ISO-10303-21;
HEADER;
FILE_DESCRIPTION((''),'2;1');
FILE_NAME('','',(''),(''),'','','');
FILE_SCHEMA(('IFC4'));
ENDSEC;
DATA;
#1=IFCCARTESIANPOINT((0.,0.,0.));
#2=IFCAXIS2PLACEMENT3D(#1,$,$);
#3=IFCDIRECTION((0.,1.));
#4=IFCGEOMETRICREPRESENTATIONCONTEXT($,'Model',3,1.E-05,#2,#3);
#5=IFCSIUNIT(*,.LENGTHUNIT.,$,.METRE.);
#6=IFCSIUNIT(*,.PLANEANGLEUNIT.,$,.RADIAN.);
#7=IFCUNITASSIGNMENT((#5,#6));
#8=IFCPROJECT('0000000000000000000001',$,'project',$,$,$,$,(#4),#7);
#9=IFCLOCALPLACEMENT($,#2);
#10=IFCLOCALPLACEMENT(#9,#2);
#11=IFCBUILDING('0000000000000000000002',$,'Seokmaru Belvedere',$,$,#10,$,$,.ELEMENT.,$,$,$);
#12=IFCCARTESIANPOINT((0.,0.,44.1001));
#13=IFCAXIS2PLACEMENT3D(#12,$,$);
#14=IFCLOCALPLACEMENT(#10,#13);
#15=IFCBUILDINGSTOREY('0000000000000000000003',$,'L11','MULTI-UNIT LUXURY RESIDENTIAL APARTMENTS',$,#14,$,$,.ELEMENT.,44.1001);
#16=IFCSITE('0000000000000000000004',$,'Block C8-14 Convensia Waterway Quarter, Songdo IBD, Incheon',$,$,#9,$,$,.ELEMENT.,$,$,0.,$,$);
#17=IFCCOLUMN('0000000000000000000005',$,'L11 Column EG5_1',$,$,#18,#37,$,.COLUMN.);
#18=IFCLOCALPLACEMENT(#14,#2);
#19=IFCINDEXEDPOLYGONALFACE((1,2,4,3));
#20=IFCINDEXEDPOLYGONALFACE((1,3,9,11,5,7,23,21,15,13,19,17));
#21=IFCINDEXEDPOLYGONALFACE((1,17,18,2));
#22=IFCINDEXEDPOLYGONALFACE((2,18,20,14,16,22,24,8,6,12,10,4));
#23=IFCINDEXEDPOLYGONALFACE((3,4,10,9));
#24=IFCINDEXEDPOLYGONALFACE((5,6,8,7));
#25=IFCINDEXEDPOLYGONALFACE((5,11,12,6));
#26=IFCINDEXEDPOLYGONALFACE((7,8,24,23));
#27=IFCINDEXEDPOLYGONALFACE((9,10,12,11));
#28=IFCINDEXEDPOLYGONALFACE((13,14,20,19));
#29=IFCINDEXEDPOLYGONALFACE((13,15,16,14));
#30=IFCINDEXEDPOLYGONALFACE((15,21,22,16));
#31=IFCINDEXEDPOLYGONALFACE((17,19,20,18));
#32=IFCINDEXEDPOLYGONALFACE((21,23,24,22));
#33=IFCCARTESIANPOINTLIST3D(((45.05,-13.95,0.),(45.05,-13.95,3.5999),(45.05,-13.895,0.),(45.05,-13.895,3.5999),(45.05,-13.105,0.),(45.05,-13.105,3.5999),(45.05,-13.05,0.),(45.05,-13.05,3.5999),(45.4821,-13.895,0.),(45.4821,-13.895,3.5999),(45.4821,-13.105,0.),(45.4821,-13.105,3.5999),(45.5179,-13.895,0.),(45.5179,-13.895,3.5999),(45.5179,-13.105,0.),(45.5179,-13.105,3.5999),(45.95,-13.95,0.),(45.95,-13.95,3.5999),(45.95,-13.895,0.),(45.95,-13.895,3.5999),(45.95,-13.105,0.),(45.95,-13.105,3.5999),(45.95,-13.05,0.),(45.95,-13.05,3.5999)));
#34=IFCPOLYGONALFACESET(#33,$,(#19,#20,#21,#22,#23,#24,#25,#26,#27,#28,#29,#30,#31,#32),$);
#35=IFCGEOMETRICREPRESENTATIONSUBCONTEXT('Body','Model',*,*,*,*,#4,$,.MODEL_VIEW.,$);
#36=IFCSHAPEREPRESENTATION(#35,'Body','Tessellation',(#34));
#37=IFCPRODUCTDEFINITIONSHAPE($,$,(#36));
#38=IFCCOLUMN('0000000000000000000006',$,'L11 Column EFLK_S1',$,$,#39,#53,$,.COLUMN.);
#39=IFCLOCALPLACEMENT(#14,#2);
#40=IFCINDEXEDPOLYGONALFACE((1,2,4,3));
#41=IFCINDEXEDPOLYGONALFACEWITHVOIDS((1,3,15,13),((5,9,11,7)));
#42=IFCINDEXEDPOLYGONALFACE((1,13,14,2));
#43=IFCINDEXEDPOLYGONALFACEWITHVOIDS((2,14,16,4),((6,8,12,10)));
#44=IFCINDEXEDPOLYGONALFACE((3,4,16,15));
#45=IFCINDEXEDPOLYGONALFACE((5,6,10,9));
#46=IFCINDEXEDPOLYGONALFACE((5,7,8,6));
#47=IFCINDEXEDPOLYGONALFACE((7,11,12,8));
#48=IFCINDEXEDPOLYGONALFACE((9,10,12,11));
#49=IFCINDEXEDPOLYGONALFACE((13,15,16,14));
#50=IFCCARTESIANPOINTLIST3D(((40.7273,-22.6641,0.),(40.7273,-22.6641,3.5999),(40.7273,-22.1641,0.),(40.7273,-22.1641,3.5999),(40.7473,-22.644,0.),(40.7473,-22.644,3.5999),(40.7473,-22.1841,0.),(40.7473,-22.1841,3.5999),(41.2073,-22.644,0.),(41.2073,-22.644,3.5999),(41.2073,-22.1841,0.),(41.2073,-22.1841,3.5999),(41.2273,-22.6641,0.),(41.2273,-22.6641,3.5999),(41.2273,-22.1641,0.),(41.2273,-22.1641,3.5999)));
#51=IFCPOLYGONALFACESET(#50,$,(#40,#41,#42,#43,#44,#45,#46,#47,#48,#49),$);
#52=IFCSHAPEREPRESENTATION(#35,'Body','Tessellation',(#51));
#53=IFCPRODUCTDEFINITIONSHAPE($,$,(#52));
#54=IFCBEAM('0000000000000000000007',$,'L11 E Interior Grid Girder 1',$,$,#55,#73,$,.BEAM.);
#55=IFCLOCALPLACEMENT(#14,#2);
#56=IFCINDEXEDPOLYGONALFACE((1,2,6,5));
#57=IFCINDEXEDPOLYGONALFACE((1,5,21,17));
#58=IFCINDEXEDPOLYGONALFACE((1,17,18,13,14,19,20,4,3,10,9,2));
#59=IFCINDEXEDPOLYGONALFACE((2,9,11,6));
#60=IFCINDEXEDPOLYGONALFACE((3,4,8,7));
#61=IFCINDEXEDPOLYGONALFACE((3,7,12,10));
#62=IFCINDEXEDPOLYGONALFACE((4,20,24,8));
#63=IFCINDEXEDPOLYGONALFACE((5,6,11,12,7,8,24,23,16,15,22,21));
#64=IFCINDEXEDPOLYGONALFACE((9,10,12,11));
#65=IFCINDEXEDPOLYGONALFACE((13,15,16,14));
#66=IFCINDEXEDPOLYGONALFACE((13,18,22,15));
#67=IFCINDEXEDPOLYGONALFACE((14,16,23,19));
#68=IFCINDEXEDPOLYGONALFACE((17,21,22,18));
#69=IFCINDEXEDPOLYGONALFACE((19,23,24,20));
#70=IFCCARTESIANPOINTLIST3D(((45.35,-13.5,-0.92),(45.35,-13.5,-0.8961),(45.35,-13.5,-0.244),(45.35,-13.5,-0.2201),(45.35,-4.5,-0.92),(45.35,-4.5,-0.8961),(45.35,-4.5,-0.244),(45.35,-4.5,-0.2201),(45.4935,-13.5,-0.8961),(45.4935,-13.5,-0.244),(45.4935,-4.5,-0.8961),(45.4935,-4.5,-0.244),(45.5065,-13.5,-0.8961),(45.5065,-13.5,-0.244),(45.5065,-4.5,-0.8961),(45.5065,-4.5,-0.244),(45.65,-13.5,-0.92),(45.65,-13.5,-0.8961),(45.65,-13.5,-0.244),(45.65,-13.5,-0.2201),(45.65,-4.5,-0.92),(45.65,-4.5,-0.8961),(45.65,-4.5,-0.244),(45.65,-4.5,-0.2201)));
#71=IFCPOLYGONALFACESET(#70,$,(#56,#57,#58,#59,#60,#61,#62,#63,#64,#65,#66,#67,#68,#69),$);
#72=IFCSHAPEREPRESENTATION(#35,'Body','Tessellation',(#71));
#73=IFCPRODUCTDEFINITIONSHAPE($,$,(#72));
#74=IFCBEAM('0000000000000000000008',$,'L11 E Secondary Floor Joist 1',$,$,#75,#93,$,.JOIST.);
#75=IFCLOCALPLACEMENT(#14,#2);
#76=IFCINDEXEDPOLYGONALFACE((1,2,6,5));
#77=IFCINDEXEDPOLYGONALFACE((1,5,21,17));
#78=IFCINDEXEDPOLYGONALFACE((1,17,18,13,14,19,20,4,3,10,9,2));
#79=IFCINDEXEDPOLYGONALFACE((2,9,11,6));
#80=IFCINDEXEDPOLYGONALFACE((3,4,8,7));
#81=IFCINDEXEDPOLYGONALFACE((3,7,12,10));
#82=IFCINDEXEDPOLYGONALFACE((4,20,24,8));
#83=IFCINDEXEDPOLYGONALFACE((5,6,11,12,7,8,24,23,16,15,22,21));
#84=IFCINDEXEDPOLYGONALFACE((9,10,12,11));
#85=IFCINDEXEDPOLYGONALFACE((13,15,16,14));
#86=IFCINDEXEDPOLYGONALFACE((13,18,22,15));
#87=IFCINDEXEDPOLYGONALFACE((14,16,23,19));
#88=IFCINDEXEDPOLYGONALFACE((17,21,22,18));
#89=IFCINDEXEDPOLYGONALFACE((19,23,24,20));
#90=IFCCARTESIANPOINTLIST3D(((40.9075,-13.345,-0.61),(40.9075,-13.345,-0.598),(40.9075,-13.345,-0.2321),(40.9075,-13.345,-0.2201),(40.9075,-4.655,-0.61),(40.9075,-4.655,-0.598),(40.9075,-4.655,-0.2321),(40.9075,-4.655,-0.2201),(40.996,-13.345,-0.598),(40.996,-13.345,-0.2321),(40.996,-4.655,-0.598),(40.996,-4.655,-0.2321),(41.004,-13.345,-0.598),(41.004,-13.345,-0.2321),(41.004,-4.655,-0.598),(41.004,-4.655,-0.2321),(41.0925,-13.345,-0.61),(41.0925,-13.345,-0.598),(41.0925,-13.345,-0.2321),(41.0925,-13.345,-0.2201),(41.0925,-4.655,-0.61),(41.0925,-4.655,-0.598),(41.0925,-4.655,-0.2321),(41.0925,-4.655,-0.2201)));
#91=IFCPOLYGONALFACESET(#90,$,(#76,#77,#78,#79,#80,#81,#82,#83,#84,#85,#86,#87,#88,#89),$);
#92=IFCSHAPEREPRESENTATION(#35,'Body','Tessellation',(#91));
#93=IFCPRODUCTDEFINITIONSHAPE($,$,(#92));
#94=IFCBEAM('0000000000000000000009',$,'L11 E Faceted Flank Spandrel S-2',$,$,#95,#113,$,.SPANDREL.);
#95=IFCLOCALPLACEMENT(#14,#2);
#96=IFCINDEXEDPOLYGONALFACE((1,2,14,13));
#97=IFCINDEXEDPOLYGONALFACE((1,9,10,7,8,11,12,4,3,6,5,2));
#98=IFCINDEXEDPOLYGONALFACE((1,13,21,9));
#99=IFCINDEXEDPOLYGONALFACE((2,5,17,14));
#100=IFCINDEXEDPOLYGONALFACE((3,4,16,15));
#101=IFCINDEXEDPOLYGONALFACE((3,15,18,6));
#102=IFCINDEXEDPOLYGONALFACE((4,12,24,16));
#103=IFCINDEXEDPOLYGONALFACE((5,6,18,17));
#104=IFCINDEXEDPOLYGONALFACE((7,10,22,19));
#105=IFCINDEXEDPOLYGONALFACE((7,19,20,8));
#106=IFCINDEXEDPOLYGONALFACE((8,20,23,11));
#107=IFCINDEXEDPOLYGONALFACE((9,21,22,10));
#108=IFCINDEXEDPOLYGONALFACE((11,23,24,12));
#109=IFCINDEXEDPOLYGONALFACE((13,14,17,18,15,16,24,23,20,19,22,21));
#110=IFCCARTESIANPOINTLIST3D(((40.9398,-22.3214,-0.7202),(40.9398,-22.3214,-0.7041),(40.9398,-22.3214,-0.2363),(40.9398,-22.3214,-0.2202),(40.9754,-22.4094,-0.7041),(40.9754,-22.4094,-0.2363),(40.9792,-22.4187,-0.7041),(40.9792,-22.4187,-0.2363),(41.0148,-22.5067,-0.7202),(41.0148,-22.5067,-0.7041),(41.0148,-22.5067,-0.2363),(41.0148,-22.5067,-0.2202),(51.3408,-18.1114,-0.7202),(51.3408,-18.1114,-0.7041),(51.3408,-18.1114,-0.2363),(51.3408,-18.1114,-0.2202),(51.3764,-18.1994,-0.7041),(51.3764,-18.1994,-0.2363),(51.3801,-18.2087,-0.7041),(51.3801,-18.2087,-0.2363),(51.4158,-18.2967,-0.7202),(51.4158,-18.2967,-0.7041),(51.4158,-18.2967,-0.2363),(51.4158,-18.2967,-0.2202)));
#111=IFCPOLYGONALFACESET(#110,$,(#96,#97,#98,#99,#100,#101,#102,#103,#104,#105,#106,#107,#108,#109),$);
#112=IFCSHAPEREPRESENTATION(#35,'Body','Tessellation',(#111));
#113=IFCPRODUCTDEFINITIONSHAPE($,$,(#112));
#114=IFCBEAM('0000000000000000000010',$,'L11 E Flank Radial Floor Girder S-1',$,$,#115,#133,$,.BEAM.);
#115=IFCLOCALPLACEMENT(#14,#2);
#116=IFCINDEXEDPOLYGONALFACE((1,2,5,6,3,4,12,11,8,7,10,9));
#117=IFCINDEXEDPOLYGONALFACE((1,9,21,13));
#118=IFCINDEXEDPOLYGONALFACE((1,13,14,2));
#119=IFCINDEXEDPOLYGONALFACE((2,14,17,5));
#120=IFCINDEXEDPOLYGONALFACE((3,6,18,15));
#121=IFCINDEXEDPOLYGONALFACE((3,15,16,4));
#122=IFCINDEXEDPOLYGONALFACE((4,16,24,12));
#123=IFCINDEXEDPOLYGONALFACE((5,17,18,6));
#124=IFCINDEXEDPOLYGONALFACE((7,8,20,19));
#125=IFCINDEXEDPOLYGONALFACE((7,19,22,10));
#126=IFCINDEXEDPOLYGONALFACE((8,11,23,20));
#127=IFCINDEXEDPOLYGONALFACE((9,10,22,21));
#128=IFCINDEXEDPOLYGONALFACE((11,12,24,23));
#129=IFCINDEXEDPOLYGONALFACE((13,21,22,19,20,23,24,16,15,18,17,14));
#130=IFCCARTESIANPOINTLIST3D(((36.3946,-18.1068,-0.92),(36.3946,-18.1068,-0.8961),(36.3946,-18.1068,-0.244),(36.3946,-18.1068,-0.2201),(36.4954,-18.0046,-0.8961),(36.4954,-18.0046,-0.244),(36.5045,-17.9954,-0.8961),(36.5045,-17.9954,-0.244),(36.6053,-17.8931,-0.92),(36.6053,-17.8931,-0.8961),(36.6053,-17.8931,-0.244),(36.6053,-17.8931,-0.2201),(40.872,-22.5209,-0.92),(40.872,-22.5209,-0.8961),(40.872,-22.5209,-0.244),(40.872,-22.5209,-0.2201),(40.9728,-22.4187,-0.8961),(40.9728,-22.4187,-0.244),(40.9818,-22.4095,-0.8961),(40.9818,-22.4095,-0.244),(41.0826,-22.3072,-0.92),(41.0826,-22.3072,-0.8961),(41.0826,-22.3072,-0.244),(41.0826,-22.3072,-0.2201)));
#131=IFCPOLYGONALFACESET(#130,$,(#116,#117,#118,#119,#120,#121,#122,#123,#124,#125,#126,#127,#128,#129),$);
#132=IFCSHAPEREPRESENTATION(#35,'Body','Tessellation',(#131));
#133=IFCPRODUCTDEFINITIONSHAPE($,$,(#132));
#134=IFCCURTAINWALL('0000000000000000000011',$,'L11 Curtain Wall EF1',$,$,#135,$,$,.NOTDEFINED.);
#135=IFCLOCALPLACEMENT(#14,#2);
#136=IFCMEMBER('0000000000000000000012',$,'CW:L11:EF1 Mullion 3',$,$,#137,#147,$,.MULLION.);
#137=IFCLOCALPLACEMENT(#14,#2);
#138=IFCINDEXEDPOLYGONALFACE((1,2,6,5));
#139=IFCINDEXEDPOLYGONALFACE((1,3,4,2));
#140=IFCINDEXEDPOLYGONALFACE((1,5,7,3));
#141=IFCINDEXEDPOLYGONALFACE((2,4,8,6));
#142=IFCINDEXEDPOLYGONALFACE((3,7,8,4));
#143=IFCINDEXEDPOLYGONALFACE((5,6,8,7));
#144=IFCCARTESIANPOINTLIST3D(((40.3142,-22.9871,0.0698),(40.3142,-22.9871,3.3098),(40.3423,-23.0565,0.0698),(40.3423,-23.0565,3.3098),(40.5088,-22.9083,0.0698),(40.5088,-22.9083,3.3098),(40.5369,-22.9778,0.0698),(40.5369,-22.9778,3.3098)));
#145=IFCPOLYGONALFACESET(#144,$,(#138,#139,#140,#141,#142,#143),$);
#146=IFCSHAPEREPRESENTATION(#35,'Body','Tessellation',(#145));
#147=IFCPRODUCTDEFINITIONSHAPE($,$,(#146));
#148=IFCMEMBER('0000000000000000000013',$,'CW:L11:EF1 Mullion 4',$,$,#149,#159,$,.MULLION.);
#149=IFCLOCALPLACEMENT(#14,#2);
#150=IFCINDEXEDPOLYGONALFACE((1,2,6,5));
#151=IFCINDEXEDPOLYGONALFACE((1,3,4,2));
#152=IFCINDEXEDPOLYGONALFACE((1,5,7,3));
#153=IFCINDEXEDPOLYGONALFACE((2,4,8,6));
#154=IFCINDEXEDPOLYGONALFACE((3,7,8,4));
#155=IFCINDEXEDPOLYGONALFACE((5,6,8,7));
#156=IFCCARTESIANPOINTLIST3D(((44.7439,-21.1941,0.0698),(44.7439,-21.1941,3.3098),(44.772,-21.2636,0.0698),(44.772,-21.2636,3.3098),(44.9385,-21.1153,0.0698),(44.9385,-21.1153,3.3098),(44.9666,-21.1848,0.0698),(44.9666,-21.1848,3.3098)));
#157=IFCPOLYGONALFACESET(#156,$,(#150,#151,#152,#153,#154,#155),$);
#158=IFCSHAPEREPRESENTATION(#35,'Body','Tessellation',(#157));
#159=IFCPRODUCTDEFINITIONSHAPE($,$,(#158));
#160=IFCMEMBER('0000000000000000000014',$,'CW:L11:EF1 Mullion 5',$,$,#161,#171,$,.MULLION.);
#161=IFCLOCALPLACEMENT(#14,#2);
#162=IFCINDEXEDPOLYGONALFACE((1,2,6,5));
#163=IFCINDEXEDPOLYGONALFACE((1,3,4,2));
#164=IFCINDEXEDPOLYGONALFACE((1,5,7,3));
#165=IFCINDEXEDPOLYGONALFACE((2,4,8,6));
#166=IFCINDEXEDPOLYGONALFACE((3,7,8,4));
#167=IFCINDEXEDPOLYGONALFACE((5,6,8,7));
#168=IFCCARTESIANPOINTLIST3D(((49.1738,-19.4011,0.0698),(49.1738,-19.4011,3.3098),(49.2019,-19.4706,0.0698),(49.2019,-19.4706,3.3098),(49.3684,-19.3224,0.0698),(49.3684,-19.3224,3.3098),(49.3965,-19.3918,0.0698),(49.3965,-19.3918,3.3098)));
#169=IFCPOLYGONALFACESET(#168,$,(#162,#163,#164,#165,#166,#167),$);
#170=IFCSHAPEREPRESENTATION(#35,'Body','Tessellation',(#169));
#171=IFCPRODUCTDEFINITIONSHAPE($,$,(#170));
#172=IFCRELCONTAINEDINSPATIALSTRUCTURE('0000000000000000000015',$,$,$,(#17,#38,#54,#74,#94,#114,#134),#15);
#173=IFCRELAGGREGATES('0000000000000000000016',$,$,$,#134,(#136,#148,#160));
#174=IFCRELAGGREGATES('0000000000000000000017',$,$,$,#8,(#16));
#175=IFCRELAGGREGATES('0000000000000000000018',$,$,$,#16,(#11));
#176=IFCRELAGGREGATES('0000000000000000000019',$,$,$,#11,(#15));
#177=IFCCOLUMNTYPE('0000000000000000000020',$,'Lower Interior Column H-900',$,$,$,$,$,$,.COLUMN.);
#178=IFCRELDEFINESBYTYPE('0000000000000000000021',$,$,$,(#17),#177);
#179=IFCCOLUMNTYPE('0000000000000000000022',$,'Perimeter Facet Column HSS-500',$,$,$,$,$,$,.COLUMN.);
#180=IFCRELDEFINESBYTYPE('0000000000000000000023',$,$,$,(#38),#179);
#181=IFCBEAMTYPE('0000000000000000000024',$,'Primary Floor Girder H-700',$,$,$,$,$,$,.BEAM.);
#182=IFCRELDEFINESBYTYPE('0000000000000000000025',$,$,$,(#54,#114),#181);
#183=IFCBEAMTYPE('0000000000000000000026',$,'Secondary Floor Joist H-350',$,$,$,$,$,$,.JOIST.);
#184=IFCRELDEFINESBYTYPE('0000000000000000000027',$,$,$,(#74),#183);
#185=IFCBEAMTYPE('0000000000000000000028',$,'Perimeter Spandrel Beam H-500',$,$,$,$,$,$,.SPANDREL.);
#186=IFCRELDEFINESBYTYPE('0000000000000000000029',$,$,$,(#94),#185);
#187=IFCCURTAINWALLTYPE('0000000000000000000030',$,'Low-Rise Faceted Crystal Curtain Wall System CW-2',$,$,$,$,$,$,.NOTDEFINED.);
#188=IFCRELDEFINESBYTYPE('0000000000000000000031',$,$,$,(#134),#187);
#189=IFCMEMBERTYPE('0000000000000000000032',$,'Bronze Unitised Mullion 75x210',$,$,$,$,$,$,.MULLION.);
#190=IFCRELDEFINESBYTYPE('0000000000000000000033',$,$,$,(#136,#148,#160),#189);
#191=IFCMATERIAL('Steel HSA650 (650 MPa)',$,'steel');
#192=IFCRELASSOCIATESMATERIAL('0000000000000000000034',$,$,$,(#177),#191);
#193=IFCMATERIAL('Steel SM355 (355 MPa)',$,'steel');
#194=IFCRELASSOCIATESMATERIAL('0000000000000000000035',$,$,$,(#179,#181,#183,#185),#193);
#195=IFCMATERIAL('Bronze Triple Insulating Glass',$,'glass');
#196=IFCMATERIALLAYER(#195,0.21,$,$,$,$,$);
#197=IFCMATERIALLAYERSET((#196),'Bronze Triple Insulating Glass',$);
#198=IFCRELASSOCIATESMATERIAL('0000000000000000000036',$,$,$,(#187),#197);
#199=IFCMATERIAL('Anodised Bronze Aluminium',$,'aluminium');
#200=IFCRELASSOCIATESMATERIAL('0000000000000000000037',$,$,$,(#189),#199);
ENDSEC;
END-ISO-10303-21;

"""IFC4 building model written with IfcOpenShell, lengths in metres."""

from ifc_helpers import new_model, si_unit, direction, frame, origin, origin_2d, place, context, subcontext, project, spatial, rectangle, hollow_rectangle, i_section, extrude, source, transform, mapped, material, layer, layer_set, material_profile, profile_set, type_object, type_shapes, element, aggregate, save


model = new_model("IFC4")

# Units and contexts
model_context = context("Model", 3, precision=1e-05, world=origin(), true_north=direction((0.0, 1.0)))
body_context = subcontext(model_context, "Body", "Model", "MODEL_VIEW")
ifc_project = project(units=[si_unit("LENGTHUNIT", "METRE"), si_unit("PLANEANGLEUNIT", "RADIAN")], contexts=[model_context])

# Site, building, storey
site_placement = place(None, origin())
site = spatial("IfcSite", under=ifc_project, at=site_placement, Name="Block C8-14 Convensia Waterway Quarter, Songdo IBD, Incheon", CompositionType="ELEMENT", RefElevation=0.0)
building_placement = place(site_placement, origin())
building = spatial("IfcBuilding", under=site, at=building_placement, Name="Seokmaru Belvedere", CompositionType="ELEMENT")
storey_placement = place(building_placement, frame((0.0, 0.0, 44.1001)))
storey = spatial("IfcBuildingStorey", under=building, at=storey_placement, Name="L11", Description="MULTI-UNIT LUXURY RESIDENTIAL APARTMENTS", CompositionType="ELEMENT", Elevation=44.1001)

# Columns
ifc_material_1 = material(Name="Steel HSA650 (650 MPa)", Category="steel")
ifc_material_profile_1 = material_profile(ifc_material_1, i_section(OverallWidth=0.8999, OverallDepth=0.8999, WebThickness=0.0359, FlangeThickness=0.0549, at=origin_2d()), Name="H-900x900x36x55")
ifc_profile_set_1 = profile_set([ifc_material_profile_1], Name="Steel HSA650 (650 MPa)")
column_type_1 = type_object("IfcColumnType", Name="Lower Interior Column H-900", PredefinedType="COLUMN", material=ifc_profile_set_1)
shared_shape_1 = source(origin(), body_context, "Body", "SweptSolid", [
    extrude(i_section(OverallWidth=0.8999, OverallDepth=0.8999, WebThickness=0.0359, FlangeThickness=0.0549, at=origin_2d()), origin(), (0.0, 0.0, 1.0), 3.5999),
])
type_shapes(column_type_1, [shared_shape_1])
column_1_placement = place(storey_placement, frame((45.5, -13.5, 0.0), z_axis=(0.0, 0.0, 1.0), x_axis=(1.0, 0.0, 0.0)))
element("IfcColumn", 1, at=column_1_placement, inside=storey, type_object=column_type_1, Name="L11 Column EG5_1", PredefinedType="COLUMN", context=body_context, shape_type="MappedRepresentation", body=[
    mapped(shared_shape_1, transform((0.0, 0.0, 0.0), scale=1.0)),
])
ifc_material_2 = material(Name="Steel SM355 (355 MPa)", Category="steel")
ifc_material_profile_2 = material_profile(ifc_material_2, hollow_rectangle(XDim=0.5, YDim=0.5, WallThickness=0.02, at=origin_2d()), Name="HSS-500x500x20")
ifc_profile_set_2 = profile_set([ifc_material_profile_2], Name="Steel SM355 (355 MPa)")
column_type_2 = type_object("IfcColumnType", Name="Perimeter Facet Column HSS-500", PredefinedType="COLUMN", material=ifc_profile_set_2)
shared_shape_2 = source(origin(), body_context, "Body", "SweptSolid", [
    extrude(hollow_rectangle(XDim=0.5, YDim=0.5, WallThickness=0.02, at=origin_2d()), origin(), (0.0, 0.0, 1.0), 3.5999),
])
type_shapes(column_type_2, [shared_shape_2])
column_2_placement = place(storey_placement, frame((40.9773, -22.4141, 0.0), z_axis=(0.0, 0.0, 1.0), x_axis=(1.0, 0.0, 0.0)))
element("IfcColumn", 2, at=column_2_placement, inside=storey, type_object=column_type_2, Name="L11 Column EFLK_S1", PredefinedType="COLUMN", context=body_context, shape_type="MappedRepresentation", body=[
    mapped(shared_shape_2, transform((0.0, 0.0, 0.0), scale=1.0)),
])

# Beams
ifc_material_profile_3 = material_profile(ifc_material_2, i_section(OverallWidth=0.3, OverallDepth=0.7, WebThickness=0.0129, FlangeThickness=0.0239, at=origin_2d()), Name="H-700x300x13x24")
ifc_profile_set_3 = profile_set([ifc_material_profile_3], Name="Steel SM355 (355 MPa)")
beam_type_1 = type_object("IfcBeamType", Name="Primary Floor Girder H-700", PredefinedType="BEAM", material=ifc_profile_set_3)
shared_shape_3 = source(origin(), body_context, "Body", "SweptSolid", [
    extrude(i_section(OverallWidth=0.3, OverallDepth=0.7, WebThickness=0.0129, FlangeThickness=0.0239, at=origin_2d()), origin(), (0.0, 0.0, 1.0), 9.0),
])
beam_1_placement = place(storey_placement, frame((45.5, -13.5, -0.5701), z_axis=(0.0, 1.0, 0.0), x_axis=(-1.0, 0.0, 0.0)))
element("IfcBeam", 3, at=beam_1_placement, inside=storey, type_object=beam_type_1, Name="L11 E Interior Grid Girder 1", PredefinedType="BEAM", context=body_context, shape_type="MappedRepresentation", body=[
    mapped(shared_shape_3, transform((0.0, 0.0, 0.0), scale=1.0)),
])
ifc_material_profile_4 = material_profile(ifc_material_2, i_section(OverallWidth=0.1851, OverallDepth=0.3899, WebThickness=0.0081, FlangeThickness=0.012, at=origin_2d()), Name="H-390x185x8x12")
ifc_profile_set_4 = profile_set([ifc_material_profile_4], Name="Steel SM355 (355 MPa)")
beam_type_2 = type_object("IfcBeamType", Name="Secondary Floor Joist H-350", PredefinedType="JOIST", material=ifc_profile_set_4)
shared_shape_4 = source(origin(), body_context, "Body", "SweptSolid", [
    extrude(i_section(OverallWidth=0.1851, OverallDepth=0.3899, WebThickness=0.0081, FlangeThickness=0.012, at=origin_2d()), origin(), (0.0, 0.0, 1.0), 8.6899),
])
type_shapes(beam_type_2, [shared_shape_4])
beam_2_placement = place(storey_placement, frame((41.0, -13.345, -0.415), z_axis=(0.0, 1.0, 0.0), x_axis=(-1.0, 0.0, 0.0)))
element("IfcBeam", 4, at=beam_2_placement, inside=storey, type_object=beam_type_2, Name="L11 E Secondary Floor Joist 1", PredefinedType="JOIST", context=body_context, shape_type="MappedRepresentation", body=[
    mapped(shared_shape_4, transform((0.0, 0.0, 0.0), scale=1.0)),
])
ifc_material_profile_5 = material_profile(ifc_material_2, i_section(OverallWidth=0.2, OverallDepth=0.5, WebThickness=0.01, FlangeThickness=0.0161, at=origin_2d()), Name="H-500x200x10x16")
ifc_profile_set_5 = profile_set([ifc_material_profile_5], Name="Steel SM355 (355 MPa)")
beam_type_3 = type_object("IfcBeamType", Name="Perimeter Spandrel Beam H-500", PredefinedType="SPANDREL", material=ifc_profile_set_5)
shared_shape_5 = source(origin(), body_context, "Body", "SweptSolid", [
    extrude(i_section(OverallWidth=0.2, OverallDepth=0.5, WebThickness=0.01, FlangeThickness=0.0161, at=origin_2d()), origin(), (0.0, 0.0, 1.0), 11.2207),
])
type_shapes(beam_type_3, [shared_shape_5])
beam_3_placement = place(storey_placement, frame((40.9773, -22.4141, -0.4702), z_axis=(0.926944, 0.375199, 0.0), x_axis=(-0.375199, 0.926944, 0.0)))
element("IfcBeam", 5, at=beam_3_placement, inside=storey, type_object=beam_type_3, Name="L11 E Faceted Flank Spandrel S-2", PredefinedType="SPANDREL", context=body_context, shape_type="MappedRepresentation", body=[
    mapped(shared_shape_5, transform((0.0, 0.0, 0.0), scale=1.0)),
])
shared_shape_6 = source(origin(), body_context, "Body", "SweptSolid", [
    extrude(i_section(OverallWidth=0.3, OverallDepth=0.7, WebThickness=0.0129, FlangeThickness=0.0239, at=origin_2d()), origin(), (0.0, 0.0, 1.0), 6.2874),
])
type_shapes(beam_type_1, [shared_shape_3, shared_shape_6])
beam_4_placement = place(storey_placement, frame((40.9773, -22.4141, -0.5701), z_axis=(-0.712117, 0.70206, 0.0), x_axis=(-0.70206, -0.712117, 0.0)))
element("IfcBeam", 6, at=beam_4_placement, inside=storey, type_object=beam_type_1, Name="L11 E Flank Radial Floor Girder S-1", PredefinedType="BEAM", context=body_context, shape_type="MappedRepresentation", body=[
    mapped(shared_shape_6, transform((0.0, 0.0, 0.0), scale=1.0)),
])

# Curtain wall, members
ifc_material_3 = material(Name="Bronze Triple Insulating Glass", Category="glass")
ifc_layer_1 = layer(ifc_material_3, 0.21)
ifc_layer_set_1 = layer_set([ifc_layer_1], Name="Bronze Triple Insulating Glass")
curtain_wall_type = type_object("IfcCurtainWallType", Name="Low-Rise Faceted Crystal Curtain Wall System CW-2", PredefinedType="NOTDEFINED", material=ifc_layer_set_1)
curtain_wall_placement = place(storey_placement, origin())
curtain_wall = element("IfcCurtainWall", 7, at=curtain_wall_placement, inside=storey, type_object=curtain_wall_type, Name="L11 Curtain Wall EF1", PredefinedType="NOTDEFINED")
ifc_material_4 = material(Name="Anodised Bronze Aluminium", Category="aluminium")
ifc_material_profile_6 = material_profile(ifc_material_4, rectangle(XDim=0.075, YDim=0.21, at=origin_2d()), Name="CW-M-75x210")
ifc_profile_set_6 = profile_set([ifc_material_profile_6], Name="Anodised Bronze Aluminium")
member_type = type_object("IfcMemberType", Name="Bronze Unitised Mullion 75x210", PredefinedType="MULLION", material=ifc_profile_set_6)
shared_shape_7 = source(origin(), body_context, "Body", "SweptSolid", [
    extrude(rectangle(XDim=0.075, YDim=0.21, at=origin_2d()), origin(), (0.0, 0.0, 1.0), 3.24),
])
type_shapes(member_type, [shared_shape_7])
member_1_placement = place(storey_placement, frame((40.4255, -22.9824, 0.0698), z_axis=(0.0, 0.0, 1.0), x_axis=(-0.375192, 0.926947, 0.0)))
member_1 = element("IfcMember", 8, at=member_1_placement, type_object=member_type, Name="CW:L11:EF1 Mullion 3", PredefinedType="MULLION", context=body_context, shape_type="MappedRepresentation", body=[
    mapped(shared_shape_7, transform((0.0, 0.0, 0.0), scale=1.0)),
])
member_2_placement = place(storey_placement, frame((44.8552, -21.1895, 0.0698), z_axis=(0.0, 0.0, 1.0), x_axis=(-0.375192, 0.926947, 0.0)))
member_2 = element("IfcMember", 9, at=member_2_placement, type_object=member_type, Name="CW:L11:EF1 Mullion 4", PredefinedType="MULLION", context=body_context, shape_type="MappedRepresentation", body=[
    mapped(shared_shape_7, transform((0.0, 0.0, 0.0), scale=1.0)),
])
member_3_placement = place(storey_placement, frame((49.2852, -19.3965, 0.0698), z_axis=(0.0, 0.0, 1.0), x_axis=(-0.375192, 0.926947, 0.0)))
member_3 = element("IfcMember", 10, at=member_3_placement, type_object=member_type, Name="CW:L11:EF1 Mullion 5", PredefinedType="MULLION", context=body_context, shape_type="MappedRepresentation", body=[
    mapped(shared_shape_7, transform((0.0, 0.0, 0.0), scale=1.0)),
])
aggregate(curtain_wall, [member_1, member_2, member_3])

save(model, "model.ifc")
